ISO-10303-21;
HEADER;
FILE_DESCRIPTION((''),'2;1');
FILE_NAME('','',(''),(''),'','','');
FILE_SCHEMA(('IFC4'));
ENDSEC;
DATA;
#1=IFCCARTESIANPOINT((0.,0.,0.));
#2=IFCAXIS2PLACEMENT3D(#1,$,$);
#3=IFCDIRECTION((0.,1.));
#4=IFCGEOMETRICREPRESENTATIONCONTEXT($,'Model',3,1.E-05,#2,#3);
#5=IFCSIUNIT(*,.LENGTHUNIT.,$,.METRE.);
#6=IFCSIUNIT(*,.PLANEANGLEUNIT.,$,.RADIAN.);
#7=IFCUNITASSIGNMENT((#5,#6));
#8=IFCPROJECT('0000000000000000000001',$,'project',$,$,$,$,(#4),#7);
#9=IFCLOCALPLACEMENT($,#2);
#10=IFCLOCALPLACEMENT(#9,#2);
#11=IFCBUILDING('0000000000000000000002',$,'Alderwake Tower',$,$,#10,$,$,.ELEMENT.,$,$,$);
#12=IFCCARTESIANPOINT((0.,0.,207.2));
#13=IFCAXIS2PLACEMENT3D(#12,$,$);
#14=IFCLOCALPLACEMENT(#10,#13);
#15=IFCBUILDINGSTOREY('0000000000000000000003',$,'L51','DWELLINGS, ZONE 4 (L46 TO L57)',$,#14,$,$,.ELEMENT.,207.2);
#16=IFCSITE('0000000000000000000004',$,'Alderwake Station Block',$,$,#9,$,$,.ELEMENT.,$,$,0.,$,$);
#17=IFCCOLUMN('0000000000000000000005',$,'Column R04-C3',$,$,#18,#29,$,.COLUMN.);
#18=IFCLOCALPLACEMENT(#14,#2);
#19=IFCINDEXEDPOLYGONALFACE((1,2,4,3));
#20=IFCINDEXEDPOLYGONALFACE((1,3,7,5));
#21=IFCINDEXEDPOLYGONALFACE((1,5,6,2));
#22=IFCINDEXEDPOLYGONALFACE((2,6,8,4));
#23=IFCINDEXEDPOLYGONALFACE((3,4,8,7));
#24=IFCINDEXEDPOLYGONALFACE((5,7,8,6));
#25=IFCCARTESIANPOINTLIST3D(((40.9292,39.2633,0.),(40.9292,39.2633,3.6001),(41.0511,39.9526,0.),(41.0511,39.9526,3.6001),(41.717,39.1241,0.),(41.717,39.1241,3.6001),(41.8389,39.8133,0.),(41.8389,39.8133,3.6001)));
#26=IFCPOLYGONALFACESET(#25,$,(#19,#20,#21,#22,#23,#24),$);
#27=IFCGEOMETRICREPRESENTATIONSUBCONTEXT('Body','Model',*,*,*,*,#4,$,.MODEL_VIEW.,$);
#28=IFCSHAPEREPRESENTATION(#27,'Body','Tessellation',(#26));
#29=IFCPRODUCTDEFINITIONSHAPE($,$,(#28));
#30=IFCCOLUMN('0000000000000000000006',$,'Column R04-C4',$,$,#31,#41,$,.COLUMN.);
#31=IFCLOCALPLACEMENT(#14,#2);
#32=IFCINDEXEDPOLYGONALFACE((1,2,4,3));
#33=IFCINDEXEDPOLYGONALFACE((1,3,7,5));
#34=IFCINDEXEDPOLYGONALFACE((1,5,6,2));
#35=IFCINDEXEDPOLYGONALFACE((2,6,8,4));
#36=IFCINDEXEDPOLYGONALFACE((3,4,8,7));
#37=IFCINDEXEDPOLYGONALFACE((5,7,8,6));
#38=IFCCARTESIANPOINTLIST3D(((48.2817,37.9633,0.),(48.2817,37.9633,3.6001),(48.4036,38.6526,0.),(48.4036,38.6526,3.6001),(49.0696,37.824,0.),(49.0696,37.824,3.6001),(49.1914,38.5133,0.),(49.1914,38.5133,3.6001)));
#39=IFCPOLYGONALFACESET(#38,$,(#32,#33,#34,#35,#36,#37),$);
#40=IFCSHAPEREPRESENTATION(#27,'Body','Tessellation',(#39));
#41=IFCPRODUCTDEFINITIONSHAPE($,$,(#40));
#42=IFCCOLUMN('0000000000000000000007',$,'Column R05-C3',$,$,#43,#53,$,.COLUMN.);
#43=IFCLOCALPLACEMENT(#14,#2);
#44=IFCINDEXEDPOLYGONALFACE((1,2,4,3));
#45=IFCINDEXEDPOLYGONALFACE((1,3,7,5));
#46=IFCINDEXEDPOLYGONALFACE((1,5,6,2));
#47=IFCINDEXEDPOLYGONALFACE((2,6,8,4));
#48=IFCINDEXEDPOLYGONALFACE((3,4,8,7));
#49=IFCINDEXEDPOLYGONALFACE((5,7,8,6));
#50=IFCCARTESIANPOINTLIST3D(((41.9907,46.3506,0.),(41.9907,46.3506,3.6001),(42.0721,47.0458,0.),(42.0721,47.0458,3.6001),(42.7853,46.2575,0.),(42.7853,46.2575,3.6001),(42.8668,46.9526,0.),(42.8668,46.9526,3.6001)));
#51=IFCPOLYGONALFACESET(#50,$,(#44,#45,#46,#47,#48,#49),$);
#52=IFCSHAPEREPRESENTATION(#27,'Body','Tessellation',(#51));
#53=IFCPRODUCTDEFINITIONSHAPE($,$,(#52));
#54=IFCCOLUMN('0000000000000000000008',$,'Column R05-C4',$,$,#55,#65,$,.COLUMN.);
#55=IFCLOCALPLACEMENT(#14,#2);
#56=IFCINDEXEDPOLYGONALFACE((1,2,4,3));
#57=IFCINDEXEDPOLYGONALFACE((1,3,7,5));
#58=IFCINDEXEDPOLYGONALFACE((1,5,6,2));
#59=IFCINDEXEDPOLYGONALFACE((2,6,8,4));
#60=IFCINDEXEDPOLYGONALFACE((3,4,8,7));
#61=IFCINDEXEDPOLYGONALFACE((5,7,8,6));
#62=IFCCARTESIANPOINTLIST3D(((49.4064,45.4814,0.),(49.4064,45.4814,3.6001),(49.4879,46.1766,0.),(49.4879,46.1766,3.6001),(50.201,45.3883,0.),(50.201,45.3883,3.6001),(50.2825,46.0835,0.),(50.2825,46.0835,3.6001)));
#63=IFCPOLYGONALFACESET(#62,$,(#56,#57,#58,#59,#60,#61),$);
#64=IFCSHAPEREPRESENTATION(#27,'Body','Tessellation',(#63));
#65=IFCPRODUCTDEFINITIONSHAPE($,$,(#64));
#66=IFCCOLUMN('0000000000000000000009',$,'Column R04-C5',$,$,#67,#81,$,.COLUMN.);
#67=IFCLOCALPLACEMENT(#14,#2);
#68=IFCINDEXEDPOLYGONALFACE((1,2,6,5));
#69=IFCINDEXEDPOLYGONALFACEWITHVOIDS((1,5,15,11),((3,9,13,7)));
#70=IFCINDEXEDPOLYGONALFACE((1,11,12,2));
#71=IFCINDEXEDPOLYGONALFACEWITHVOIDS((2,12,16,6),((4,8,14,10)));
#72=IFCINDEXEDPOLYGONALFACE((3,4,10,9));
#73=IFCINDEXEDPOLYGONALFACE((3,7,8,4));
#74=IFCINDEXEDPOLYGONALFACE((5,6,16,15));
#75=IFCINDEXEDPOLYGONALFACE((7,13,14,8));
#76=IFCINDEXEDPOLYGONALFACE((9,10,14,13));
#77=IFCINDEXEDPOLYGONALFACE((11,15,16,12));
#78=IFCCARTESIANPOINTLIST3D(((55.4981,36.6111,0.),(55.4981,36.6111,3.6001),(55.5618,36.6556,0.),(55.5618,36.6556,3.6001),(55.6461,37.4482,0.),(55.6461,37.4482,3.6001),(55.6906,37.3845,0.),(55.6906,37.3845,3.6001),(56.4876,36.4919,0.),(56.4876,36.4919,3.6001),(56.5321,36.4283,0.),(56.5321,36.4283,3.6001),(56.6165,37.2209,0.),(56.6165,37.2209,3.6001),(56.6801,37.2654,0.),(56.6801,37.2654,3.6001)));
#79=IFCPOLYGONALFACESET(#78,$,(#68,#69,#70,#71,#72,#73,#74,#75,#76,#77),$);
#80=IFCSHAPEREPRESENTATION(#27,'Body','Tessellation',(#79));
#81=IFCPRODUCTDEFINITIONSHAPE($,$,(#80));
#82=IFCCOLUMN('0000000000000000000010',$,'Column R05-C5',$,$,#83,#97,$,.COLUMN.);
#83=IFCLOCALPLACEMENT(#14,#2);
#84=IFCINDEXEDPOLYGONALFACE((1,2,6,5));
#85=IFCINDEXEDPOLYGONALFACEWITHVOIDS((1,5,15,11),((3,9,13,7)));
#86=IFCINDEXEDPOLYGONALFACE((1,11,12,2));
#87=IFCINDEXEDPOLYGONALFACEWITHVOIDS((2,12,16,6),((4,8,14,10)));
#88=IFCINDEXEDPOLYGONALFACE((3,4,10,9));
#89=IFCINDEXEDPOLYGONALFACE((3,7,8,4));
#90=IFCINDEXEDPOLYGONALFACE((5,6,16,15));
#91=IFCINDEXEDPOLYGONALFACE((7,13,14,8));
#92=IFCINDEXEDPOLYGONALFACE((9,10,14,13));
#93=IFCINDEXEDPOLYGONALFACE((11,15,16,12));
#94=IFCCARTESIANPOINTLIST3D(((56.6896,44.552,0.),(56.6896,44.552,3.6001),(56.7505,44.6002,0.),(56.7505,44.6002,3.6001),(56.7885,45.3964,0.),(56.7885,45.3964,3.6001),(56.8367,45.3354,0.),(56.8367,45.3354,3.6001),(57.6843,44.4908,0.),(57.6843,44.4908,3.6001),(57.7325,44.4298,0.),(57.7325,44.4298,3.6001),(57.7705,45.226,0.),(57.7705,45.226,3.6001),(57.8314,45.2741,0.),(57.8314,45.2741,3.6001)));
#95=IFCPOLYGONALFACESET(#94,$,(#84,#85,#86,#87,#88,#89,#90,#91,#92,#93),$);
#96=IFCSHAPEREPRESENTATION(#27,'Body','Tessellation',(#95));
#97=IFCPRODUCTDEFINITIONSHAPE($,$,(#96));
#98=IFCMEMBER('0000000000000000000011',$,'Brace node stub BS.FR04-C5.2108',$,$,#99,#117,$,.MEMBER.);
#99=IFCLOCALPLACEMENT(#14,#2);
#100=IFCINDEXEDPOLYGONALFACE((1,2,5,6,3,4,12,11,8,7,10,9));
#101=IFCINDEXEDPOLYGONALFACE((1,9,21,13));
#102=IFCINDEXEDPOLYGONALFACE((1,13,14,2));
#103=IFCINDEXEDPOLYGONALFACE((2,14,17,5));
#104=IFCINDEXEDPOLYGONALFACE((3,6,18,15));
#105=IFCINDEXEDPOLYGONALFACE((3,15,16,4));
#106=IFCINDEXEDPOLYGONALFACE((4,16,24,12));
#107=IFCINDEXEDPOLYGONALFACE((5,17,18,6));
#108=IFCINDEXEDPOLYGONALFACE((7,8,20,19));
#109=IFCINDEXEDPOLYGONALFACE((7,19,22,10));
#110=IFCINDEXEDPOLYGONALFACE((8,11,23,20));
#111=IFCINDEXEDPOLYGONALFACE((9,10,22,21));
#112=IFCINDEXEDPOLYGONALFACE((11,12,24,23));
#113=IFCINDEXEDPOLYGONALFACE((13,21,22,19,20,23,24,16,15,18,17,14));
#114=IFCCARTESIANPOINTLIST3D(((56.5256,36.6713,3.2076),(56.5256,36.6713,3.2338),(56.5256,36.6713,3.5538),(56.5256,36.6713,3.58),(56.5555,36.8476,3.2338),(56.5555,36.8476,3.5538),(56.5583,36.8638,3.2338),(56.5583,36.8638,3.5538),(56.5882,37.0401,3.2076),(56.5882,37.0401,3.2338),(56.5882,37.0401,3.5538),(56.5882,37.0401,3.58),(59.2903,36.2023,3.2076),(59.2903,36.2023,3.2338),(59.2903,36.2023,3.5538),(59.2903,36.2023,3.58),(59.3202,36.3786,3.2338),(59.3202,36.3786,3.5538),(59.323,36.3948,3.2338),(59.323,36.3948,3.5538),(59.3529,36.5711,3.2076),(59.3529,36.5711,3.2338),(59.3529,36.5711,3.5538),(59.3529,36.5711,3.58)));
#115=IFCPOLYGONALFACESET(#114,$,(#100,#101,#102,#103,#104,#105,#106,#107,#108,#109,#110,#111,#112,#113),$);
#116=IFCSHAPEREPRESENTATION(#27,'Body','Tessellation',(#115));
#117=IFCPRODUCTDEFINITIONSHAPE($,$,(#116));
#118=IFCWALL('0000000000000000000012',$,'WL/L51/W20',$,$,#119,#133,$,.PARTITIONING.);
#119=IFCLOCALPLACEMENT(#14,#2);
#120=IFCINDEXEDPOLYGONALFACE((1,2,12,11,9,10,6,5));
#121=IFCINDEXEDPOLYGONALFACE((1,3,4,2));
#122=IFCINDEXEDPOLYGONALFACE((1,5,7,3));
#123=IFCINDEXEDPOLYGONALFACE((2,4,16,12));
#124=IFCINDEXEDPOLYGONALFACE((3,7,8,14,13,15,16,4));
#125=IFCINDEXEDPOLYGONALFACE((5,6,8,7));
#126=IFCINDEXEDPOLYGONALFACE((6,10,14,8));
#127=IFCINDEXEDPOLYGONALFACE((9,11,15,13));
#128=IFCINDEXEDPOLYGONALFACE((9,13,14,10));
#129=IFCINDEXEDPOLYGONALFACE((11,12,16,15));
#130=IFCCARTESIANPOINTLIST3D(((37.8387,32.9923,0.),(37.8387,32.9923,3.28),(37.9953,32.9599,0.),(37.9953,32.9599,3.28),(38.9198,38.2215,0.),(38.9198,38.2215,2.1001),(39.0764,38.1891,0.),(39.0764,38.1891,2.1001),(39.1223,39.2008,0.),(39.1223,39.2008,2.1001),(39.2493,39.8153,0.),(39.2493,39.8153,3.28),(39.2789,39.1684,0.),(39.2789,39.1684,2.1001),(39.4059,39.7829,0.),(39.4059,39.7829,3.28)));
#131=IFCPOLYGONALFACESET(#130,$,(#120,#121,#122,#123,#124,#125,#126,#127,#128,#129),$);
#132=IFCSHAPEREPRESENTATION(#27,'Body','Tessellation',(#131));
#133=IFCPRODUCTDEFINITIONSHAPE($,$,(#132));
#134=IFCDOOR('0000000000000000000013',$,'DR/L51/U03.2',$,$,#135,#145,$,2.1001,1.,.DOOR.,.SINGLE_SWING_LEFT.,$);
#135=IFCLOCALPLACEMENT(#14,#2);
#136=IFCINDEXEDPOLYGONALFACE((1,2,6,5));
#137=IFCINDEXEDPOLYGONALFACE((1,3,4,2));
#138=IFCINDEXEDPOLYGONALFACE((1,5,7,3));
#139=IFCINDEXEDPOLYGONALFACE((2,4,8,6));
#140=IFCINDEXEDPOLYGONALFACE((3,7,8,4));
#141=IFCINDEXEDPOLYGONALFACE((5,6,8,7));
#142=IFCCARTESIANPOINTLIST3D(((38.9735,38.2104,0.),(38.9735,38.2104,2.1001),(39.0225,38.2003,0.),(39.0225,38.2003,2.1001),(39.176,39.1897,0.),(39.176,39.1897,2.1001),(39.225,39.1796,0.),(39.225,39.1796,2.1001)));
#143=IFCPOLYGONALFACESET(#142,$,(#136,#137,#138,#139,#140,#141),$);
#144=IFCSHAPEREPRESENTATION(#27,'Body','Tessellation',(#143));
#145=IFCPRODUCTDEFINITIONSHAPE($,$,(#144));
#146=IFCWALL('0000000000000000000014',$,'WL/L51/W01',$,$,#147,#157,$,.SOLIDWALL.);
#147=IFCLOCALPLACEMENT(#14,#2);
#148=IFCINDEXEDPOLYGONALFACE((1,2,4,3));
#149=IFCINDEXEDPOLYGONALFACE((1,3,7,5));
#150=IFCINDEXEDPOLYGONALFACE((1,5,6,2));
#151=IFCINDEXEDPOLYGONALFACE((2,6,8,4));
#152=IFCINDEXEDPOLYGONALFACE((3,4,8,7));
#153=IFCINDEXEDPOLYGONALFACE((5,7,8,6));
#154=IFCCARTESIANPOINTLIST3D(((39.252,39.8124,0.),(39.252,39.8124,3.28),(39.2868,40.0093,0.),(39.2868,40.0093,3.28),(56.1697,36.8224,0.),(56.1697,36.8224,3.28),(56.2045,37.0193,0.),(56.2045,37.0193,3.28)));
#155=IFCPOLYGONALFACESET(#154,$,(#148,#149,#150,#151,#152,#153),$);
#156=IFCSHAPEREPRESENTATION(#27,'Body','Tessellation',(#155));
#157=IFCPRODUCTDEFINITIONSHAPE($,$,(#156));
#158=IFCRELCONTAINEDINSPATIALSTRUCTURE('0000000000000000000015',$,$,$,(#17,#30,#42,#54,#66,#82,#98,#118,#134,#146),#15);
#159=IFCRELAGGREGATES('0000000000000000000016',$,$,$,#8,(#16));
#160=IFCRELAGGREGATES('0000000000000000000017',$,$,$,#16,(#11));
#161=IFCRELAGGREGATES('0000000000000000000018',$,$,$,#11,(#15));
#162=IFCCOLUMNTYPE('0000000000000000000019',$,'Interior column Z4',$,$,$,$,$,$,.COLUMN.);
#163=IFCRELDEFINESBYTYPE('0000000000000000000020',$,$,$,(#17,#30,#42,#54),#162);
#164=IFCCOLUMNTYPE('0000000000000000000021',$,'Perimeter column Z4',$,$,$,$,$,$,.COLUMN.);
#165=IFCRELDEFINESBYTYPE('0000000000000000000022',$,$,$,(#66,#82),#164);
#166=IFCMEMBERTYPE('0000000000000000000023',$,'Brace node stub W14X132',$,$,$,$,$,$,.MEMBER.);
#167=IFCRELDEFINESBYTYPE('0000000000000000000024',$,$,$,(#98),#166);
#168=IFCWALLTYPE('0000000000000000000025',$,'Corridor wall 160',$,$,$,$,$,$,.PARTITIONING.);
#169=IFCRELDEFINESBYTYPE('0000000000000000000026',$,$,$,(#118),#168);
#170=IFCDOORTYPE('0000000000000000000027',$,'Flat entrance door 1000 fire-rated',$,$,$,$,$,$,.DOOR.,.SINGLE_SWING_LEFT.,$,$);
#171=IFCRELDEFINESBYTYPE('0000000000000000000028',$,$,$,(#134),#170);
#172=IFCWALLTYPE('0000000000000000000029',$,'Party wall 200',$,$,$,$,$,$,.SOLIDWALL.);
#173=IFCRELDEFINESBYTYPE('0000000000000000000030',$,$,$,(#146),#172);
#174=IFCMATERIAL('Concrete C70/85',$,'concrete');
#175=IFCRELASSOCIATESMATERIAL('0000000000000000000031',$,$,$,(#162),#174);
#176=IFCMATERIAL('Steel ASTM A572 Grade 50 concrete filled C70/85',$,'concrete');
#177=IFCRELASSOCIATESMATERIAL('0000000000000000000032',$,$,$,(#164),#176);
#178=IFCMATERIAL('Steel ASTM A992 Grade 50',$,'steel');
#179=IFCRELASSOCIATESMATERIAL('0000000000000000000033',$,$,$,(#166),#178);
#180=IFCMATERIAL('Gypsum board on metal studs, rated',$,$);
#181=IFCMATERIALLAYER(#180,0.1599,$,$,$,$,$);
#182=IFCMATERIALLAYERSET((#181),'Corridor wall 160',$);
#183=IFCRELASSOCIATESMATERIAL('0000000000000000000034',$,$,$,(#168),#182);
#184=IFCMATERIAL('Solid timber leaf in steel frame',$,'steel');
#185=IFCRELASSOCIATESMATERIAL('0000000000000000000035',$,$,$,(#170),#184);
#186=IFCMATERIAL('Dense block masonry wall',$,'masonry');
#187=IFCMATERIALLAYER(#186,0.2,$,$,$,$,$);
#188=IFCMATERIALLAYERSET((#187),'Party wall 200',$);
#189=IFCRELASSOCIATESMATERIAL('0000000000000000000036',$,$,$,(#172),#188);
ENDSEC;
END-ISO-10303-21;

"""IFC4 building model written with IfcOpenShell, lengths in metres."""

from ifc_helpers import new_model, si_unit, direction, frame, frame_2d, origin, origin_2d, place, context, subcontext, project, spatial, rectangle, hollow_rectangle, i_section, extrude, material, layer, layer_set, material_profile, profile_set, type_object, element, fill, save


model = new_model("IFC4")

# Units and contexts
model_context = context("Model", 3, precision=1e-05, world=origin(), true_north=direction((0.0, 1.0)))
body_context = subcontext(model_context, "Body", "Model", "MODEL_VIEW")
ifc_project = project(units=[si_unit("LENGTHUNIT", "METRE"), si_unit("PLANEANGLEUNIT", "RADIAN")], contexts=[model_context])

# Site, building, storey
site_placement = place(None, origin())
site = spatial("IfcSite", under=ifc_project, at=site_placement, Name="Alderwake Station Block", CompositionType="ELEMENT", RefElevation=0.0)
building_placement = place(site_placement, origin())
building = spatial("IfcBuilding", under=site, at=building_placement, Name="Alderwake Tower", CompositionType="ELEMENT")
storey_placement = place(building_placement, frame((0.0, 0.0, 207.2)))
storey = spatial("IfcBuildingStorey", under=building, at=storey_placement, Name="L51", Description="DWELLINGS, ZONE 4 (L46 TO L57)", CompositionType="ELEMENT", Elevation=207.2)

# Columns
ifc_material_1 = material(Name="Concrete C70/85", Category="concrete")
ifc_material_profile_1 = material_profile(ifc_material_1, rectangle(XDim=0.7, YDim=0.8, at=origin_2d()), Name="RC 800X700")
ifc_profile_set_1 = profile_set([ifc_material_profile_1], Name="Concrete C70/85")
column_type_1 = type_object("IfcColumnType", Name="Interior column Z4", PredefinedType="COLUMN", material=ifc_profile_set_1)
for number, where, z_axis, x_axis, name in (
    (1, (41.384, 39.5383, 0.0), (0.0, 0.0, 1.0), (0.174107, 0.984727, 0.0), "Column R04-C3"),
    (2, (48.7366, 38.2383, 0.0), (0.0, 0.0, 1.0), (0.174107, 0.984727, 0.0), "Column R04-C4"),
    (3, (42.4287, 46.6516, 0.0), (0.0, 0.0, 1.0), (0.116402, 0.993202, 0.0), "Column R05-C3"),
    (4, (49.8445, 45.7825, 0.0), (0.0, 0.0, 1.0), (0.116402, 0.993202, 0.0), "Column R05-C4"),
):
    element("IfcColumn", number, at=place(storey_placement, frame(where, z_axis=z_axis, x_axis=x_axis)), inside=storey, type_object=column_type_1, Name=name, PredefinedType="COLUMN", context=body_context, shape_type="SweptSolid", body=[
        extrude(rectangle(XDim=0.7, YDim=0.8, at=origin_2d()), origin(), (0.0, 0.0, 1.0), 3.6001),
    ])
ifc_material_2 = material(Name="Steel ASTM A572 Grade 50 concrete filled C70/85", Category="concrete")
ifc_material_profile_2 = material_profile(ifc_material_2, hollow_rectangle(XDim=0.8501, YDim=1.05, WallThickness=0.0549, at=origin_2d()), Name="BOX 1050X850X55")
ifc_profile_set_2 = profile_set([ifc_material_profile_2], Name="Steel ASTM A572 Grade 50 concrete filled C70/85")
column_type_2 = type_object("IfcColumnType", Name="Perimeter column Z4", PredefinedType="COLUMN", material=ifc_profile_set_2)
for number, where, z_axis, x_axis, name in (
    (5, (56.0891, 36.9382, 0.0), (0.0, 0.0, 1.0), (0.174107, 0.984727, 0.0), "Column R04-C5"),
    (6, (57.2605, 44.9131, 0.0), (0.0, 0.0, 1.0), (0.116402, 0.993202, 0.0), "Column R05-C5"),
):
    element("IfcColumn", number, at=place(storey_placement, frame(where, z_axis=z_axis, x_axis=x_axis)), inside=storey, type_object=column_type_2, Name=name, PredefinedType="COLUMN", context=body_context, shape_type="SweptSolid", body=[
        extrude(hollow_rectangle(XDim=0.8501, YDim=1.05, WallThickness=0.0549, at=origin_2d()), origin(), (0.0, 0.0, 1.0), 3.6001),
    ])

# Member
ifc_material_3 = material(Name="Steel ASTM A992 Grade 50", Category="steel")
ifc_material_profile_3 = material_profile(ifc_material_3, i_section(OverallWidth=0.374, OverallDepth=0.3723, WebThickness=0.0164, FlangeThickness=0.0261, at=origin_2d()), Name="W14X132")
ifc_profile_set_3 = profile_set([ifc_material_profile_3], Name="Steel ASTM A992 Grade 50")
member_type = type_object("IfcMemberType", Name="Brace node stub W14X132", PredefinedType="MEMBER", material=ifc_profile_set_3)
member_placement = place(storey_placement, frame((56.5569, 36.8557, 3.3938), z_axis=(0.985914, -0.16725, 0.0), x_axis=(0.16725, 0.985914, 0.0)))
element("IfcMember", 7, at=member_placement, inside=storey, type_object=member_type, Name="Brace node stub BS.FR04-C5.2108", PredefinedType="MEMBER", context=body_context, shape_type="SweptSolid", body=[
    extrude(i_section(OverallWidth=0.374, OverallDepth=0.3723, WebThickness=0.0164, FlangeThickness=0.0261, at=origin_2d()), origin(), (0.0, 0.0, 1.0), 2.8042),
])

# Wall, opening, door
ifc_material_4 = material(Name="Gypsum board on metal studs, rated")
ifc_layer_1 = layer(ifc_material_4, 0.1599)
ifc_layer_set_1 = layer_set([ifc_layer_1], Name="Corridor wall 160")
wall_type_1 = type_object("IfcWallType", Name="Corridor wall 160", PredefinedType="PARTITIONING", material=ifc_layer_set_1)
wall_1_placement = place(storey_placement, frame((39.3276, 39.7991, 0.0), z_axis=(0.0, 0.0, 1.0), x_axis=(-0.202467, -0.979289, 0.0)))
wall_1 = element("IfcWall", 8, at=wall_1_placement, inside=storey, type_object=wall_type_1, Name="WL/L51/W20", PredefinedType="PARTITIONING", context=body_context, shape_type="SweptSolid", body=[
    extrude(rectangle(XDim=6.9673, YDim=0.1599, at=frame_2d((3.4836, 0.0))), origin(), (0.0, 0.0, 1.0), 3.28),
])
opening_1_placement = place(wall_1_placement, frame((0.6274, 0.0, 0.0)))
opening_1 = element("IfcOpeningElement", 9, at=opening_1_placement, cuts=wall_1, PredefinedType="OPENING", context=body_context, shape_type="SweptSolid", body=[
    extrude(rectangle(XDim=1.0, YDim=2.1001, at=frame_2d((0.5, 1.05))), frame((0.0, 0.0898, 0.0), z_axis=(0.0, -1.0, 0.0), x_axis=(1.0, 0.0, 0.0)), (0.0, 0.0, 1.0), 0.1799),
])
ifc_material_5 = material(Name="Solid timber leaf in steel frame", Category="steel")
door_type_1 = type_object("IfcDoorType", Name="Flat entrance door 1000 fire-rated", OperationType="SINGLE_SWING_LEFT", PredefinedType="DOOR", material=ifc_material_5)
door_1_placement = place(opening_1_placement, origin())
door_1 = element("IfcDoor", 10, at=door_1_placement, inside=storey, type_object=door_type_1, Name="DR/L51/U03.2", OperationType="SINGLE_SWING_LEFT", OverallHeight=2.1001, OverallWidth=1.0, PredefinedType="DOOR", context=body_context, shape_type="SweptSolid", body=[
    extrude(rectangle(XDim=1.0, YDim=2.1001, at=frame_2d((0.5, 1.05))), frame((0.0, 0.0249, 0.0), z_axis=(0.0, -1.0, 0.0), x_axis=(1.0, 0.0, 0.0)), (0.0, 0.0, 1.0), 0.05),
])
fill(opening_1, door_1)

# Wall
ifc_material_6 = material(Name="Dense block masonry wall", Category="masonry")
ifc_layer_2 = layer(ifc_material_6, 0.2)
ifc_layer_set_2 = layer_set([ifc_layer_2], Name="Party wall 200")
wall_type_2 = type_object("IfcWallType", Name="Party wall 200", PredefinedType="SOLIDWALL", material=ifc_layer_set_2)
wall_2_placement = place(storey_placement, frame((56.187, 36.9209, 0.0), z_axis=(0.0, 0.0, 1.0), x_axis=(-0.984739, 0.17404, 0.0)))
element("IfcWall", 11, at=wall_2_placement, inside=storey, type_object=wall_type_2, Name="WL/L51/W01", PredefinedType="SOLIDWALL", context=body_context, shape_type="SweptSolid", body=[
    extrude(rectangle(XDim=17.1799, YDim=0.2, at=frame_2d((8.5898, 0.0))), origin(), (0.0, 0.0, 1.0), 3.28),
])

save(model, "model.ifc")
